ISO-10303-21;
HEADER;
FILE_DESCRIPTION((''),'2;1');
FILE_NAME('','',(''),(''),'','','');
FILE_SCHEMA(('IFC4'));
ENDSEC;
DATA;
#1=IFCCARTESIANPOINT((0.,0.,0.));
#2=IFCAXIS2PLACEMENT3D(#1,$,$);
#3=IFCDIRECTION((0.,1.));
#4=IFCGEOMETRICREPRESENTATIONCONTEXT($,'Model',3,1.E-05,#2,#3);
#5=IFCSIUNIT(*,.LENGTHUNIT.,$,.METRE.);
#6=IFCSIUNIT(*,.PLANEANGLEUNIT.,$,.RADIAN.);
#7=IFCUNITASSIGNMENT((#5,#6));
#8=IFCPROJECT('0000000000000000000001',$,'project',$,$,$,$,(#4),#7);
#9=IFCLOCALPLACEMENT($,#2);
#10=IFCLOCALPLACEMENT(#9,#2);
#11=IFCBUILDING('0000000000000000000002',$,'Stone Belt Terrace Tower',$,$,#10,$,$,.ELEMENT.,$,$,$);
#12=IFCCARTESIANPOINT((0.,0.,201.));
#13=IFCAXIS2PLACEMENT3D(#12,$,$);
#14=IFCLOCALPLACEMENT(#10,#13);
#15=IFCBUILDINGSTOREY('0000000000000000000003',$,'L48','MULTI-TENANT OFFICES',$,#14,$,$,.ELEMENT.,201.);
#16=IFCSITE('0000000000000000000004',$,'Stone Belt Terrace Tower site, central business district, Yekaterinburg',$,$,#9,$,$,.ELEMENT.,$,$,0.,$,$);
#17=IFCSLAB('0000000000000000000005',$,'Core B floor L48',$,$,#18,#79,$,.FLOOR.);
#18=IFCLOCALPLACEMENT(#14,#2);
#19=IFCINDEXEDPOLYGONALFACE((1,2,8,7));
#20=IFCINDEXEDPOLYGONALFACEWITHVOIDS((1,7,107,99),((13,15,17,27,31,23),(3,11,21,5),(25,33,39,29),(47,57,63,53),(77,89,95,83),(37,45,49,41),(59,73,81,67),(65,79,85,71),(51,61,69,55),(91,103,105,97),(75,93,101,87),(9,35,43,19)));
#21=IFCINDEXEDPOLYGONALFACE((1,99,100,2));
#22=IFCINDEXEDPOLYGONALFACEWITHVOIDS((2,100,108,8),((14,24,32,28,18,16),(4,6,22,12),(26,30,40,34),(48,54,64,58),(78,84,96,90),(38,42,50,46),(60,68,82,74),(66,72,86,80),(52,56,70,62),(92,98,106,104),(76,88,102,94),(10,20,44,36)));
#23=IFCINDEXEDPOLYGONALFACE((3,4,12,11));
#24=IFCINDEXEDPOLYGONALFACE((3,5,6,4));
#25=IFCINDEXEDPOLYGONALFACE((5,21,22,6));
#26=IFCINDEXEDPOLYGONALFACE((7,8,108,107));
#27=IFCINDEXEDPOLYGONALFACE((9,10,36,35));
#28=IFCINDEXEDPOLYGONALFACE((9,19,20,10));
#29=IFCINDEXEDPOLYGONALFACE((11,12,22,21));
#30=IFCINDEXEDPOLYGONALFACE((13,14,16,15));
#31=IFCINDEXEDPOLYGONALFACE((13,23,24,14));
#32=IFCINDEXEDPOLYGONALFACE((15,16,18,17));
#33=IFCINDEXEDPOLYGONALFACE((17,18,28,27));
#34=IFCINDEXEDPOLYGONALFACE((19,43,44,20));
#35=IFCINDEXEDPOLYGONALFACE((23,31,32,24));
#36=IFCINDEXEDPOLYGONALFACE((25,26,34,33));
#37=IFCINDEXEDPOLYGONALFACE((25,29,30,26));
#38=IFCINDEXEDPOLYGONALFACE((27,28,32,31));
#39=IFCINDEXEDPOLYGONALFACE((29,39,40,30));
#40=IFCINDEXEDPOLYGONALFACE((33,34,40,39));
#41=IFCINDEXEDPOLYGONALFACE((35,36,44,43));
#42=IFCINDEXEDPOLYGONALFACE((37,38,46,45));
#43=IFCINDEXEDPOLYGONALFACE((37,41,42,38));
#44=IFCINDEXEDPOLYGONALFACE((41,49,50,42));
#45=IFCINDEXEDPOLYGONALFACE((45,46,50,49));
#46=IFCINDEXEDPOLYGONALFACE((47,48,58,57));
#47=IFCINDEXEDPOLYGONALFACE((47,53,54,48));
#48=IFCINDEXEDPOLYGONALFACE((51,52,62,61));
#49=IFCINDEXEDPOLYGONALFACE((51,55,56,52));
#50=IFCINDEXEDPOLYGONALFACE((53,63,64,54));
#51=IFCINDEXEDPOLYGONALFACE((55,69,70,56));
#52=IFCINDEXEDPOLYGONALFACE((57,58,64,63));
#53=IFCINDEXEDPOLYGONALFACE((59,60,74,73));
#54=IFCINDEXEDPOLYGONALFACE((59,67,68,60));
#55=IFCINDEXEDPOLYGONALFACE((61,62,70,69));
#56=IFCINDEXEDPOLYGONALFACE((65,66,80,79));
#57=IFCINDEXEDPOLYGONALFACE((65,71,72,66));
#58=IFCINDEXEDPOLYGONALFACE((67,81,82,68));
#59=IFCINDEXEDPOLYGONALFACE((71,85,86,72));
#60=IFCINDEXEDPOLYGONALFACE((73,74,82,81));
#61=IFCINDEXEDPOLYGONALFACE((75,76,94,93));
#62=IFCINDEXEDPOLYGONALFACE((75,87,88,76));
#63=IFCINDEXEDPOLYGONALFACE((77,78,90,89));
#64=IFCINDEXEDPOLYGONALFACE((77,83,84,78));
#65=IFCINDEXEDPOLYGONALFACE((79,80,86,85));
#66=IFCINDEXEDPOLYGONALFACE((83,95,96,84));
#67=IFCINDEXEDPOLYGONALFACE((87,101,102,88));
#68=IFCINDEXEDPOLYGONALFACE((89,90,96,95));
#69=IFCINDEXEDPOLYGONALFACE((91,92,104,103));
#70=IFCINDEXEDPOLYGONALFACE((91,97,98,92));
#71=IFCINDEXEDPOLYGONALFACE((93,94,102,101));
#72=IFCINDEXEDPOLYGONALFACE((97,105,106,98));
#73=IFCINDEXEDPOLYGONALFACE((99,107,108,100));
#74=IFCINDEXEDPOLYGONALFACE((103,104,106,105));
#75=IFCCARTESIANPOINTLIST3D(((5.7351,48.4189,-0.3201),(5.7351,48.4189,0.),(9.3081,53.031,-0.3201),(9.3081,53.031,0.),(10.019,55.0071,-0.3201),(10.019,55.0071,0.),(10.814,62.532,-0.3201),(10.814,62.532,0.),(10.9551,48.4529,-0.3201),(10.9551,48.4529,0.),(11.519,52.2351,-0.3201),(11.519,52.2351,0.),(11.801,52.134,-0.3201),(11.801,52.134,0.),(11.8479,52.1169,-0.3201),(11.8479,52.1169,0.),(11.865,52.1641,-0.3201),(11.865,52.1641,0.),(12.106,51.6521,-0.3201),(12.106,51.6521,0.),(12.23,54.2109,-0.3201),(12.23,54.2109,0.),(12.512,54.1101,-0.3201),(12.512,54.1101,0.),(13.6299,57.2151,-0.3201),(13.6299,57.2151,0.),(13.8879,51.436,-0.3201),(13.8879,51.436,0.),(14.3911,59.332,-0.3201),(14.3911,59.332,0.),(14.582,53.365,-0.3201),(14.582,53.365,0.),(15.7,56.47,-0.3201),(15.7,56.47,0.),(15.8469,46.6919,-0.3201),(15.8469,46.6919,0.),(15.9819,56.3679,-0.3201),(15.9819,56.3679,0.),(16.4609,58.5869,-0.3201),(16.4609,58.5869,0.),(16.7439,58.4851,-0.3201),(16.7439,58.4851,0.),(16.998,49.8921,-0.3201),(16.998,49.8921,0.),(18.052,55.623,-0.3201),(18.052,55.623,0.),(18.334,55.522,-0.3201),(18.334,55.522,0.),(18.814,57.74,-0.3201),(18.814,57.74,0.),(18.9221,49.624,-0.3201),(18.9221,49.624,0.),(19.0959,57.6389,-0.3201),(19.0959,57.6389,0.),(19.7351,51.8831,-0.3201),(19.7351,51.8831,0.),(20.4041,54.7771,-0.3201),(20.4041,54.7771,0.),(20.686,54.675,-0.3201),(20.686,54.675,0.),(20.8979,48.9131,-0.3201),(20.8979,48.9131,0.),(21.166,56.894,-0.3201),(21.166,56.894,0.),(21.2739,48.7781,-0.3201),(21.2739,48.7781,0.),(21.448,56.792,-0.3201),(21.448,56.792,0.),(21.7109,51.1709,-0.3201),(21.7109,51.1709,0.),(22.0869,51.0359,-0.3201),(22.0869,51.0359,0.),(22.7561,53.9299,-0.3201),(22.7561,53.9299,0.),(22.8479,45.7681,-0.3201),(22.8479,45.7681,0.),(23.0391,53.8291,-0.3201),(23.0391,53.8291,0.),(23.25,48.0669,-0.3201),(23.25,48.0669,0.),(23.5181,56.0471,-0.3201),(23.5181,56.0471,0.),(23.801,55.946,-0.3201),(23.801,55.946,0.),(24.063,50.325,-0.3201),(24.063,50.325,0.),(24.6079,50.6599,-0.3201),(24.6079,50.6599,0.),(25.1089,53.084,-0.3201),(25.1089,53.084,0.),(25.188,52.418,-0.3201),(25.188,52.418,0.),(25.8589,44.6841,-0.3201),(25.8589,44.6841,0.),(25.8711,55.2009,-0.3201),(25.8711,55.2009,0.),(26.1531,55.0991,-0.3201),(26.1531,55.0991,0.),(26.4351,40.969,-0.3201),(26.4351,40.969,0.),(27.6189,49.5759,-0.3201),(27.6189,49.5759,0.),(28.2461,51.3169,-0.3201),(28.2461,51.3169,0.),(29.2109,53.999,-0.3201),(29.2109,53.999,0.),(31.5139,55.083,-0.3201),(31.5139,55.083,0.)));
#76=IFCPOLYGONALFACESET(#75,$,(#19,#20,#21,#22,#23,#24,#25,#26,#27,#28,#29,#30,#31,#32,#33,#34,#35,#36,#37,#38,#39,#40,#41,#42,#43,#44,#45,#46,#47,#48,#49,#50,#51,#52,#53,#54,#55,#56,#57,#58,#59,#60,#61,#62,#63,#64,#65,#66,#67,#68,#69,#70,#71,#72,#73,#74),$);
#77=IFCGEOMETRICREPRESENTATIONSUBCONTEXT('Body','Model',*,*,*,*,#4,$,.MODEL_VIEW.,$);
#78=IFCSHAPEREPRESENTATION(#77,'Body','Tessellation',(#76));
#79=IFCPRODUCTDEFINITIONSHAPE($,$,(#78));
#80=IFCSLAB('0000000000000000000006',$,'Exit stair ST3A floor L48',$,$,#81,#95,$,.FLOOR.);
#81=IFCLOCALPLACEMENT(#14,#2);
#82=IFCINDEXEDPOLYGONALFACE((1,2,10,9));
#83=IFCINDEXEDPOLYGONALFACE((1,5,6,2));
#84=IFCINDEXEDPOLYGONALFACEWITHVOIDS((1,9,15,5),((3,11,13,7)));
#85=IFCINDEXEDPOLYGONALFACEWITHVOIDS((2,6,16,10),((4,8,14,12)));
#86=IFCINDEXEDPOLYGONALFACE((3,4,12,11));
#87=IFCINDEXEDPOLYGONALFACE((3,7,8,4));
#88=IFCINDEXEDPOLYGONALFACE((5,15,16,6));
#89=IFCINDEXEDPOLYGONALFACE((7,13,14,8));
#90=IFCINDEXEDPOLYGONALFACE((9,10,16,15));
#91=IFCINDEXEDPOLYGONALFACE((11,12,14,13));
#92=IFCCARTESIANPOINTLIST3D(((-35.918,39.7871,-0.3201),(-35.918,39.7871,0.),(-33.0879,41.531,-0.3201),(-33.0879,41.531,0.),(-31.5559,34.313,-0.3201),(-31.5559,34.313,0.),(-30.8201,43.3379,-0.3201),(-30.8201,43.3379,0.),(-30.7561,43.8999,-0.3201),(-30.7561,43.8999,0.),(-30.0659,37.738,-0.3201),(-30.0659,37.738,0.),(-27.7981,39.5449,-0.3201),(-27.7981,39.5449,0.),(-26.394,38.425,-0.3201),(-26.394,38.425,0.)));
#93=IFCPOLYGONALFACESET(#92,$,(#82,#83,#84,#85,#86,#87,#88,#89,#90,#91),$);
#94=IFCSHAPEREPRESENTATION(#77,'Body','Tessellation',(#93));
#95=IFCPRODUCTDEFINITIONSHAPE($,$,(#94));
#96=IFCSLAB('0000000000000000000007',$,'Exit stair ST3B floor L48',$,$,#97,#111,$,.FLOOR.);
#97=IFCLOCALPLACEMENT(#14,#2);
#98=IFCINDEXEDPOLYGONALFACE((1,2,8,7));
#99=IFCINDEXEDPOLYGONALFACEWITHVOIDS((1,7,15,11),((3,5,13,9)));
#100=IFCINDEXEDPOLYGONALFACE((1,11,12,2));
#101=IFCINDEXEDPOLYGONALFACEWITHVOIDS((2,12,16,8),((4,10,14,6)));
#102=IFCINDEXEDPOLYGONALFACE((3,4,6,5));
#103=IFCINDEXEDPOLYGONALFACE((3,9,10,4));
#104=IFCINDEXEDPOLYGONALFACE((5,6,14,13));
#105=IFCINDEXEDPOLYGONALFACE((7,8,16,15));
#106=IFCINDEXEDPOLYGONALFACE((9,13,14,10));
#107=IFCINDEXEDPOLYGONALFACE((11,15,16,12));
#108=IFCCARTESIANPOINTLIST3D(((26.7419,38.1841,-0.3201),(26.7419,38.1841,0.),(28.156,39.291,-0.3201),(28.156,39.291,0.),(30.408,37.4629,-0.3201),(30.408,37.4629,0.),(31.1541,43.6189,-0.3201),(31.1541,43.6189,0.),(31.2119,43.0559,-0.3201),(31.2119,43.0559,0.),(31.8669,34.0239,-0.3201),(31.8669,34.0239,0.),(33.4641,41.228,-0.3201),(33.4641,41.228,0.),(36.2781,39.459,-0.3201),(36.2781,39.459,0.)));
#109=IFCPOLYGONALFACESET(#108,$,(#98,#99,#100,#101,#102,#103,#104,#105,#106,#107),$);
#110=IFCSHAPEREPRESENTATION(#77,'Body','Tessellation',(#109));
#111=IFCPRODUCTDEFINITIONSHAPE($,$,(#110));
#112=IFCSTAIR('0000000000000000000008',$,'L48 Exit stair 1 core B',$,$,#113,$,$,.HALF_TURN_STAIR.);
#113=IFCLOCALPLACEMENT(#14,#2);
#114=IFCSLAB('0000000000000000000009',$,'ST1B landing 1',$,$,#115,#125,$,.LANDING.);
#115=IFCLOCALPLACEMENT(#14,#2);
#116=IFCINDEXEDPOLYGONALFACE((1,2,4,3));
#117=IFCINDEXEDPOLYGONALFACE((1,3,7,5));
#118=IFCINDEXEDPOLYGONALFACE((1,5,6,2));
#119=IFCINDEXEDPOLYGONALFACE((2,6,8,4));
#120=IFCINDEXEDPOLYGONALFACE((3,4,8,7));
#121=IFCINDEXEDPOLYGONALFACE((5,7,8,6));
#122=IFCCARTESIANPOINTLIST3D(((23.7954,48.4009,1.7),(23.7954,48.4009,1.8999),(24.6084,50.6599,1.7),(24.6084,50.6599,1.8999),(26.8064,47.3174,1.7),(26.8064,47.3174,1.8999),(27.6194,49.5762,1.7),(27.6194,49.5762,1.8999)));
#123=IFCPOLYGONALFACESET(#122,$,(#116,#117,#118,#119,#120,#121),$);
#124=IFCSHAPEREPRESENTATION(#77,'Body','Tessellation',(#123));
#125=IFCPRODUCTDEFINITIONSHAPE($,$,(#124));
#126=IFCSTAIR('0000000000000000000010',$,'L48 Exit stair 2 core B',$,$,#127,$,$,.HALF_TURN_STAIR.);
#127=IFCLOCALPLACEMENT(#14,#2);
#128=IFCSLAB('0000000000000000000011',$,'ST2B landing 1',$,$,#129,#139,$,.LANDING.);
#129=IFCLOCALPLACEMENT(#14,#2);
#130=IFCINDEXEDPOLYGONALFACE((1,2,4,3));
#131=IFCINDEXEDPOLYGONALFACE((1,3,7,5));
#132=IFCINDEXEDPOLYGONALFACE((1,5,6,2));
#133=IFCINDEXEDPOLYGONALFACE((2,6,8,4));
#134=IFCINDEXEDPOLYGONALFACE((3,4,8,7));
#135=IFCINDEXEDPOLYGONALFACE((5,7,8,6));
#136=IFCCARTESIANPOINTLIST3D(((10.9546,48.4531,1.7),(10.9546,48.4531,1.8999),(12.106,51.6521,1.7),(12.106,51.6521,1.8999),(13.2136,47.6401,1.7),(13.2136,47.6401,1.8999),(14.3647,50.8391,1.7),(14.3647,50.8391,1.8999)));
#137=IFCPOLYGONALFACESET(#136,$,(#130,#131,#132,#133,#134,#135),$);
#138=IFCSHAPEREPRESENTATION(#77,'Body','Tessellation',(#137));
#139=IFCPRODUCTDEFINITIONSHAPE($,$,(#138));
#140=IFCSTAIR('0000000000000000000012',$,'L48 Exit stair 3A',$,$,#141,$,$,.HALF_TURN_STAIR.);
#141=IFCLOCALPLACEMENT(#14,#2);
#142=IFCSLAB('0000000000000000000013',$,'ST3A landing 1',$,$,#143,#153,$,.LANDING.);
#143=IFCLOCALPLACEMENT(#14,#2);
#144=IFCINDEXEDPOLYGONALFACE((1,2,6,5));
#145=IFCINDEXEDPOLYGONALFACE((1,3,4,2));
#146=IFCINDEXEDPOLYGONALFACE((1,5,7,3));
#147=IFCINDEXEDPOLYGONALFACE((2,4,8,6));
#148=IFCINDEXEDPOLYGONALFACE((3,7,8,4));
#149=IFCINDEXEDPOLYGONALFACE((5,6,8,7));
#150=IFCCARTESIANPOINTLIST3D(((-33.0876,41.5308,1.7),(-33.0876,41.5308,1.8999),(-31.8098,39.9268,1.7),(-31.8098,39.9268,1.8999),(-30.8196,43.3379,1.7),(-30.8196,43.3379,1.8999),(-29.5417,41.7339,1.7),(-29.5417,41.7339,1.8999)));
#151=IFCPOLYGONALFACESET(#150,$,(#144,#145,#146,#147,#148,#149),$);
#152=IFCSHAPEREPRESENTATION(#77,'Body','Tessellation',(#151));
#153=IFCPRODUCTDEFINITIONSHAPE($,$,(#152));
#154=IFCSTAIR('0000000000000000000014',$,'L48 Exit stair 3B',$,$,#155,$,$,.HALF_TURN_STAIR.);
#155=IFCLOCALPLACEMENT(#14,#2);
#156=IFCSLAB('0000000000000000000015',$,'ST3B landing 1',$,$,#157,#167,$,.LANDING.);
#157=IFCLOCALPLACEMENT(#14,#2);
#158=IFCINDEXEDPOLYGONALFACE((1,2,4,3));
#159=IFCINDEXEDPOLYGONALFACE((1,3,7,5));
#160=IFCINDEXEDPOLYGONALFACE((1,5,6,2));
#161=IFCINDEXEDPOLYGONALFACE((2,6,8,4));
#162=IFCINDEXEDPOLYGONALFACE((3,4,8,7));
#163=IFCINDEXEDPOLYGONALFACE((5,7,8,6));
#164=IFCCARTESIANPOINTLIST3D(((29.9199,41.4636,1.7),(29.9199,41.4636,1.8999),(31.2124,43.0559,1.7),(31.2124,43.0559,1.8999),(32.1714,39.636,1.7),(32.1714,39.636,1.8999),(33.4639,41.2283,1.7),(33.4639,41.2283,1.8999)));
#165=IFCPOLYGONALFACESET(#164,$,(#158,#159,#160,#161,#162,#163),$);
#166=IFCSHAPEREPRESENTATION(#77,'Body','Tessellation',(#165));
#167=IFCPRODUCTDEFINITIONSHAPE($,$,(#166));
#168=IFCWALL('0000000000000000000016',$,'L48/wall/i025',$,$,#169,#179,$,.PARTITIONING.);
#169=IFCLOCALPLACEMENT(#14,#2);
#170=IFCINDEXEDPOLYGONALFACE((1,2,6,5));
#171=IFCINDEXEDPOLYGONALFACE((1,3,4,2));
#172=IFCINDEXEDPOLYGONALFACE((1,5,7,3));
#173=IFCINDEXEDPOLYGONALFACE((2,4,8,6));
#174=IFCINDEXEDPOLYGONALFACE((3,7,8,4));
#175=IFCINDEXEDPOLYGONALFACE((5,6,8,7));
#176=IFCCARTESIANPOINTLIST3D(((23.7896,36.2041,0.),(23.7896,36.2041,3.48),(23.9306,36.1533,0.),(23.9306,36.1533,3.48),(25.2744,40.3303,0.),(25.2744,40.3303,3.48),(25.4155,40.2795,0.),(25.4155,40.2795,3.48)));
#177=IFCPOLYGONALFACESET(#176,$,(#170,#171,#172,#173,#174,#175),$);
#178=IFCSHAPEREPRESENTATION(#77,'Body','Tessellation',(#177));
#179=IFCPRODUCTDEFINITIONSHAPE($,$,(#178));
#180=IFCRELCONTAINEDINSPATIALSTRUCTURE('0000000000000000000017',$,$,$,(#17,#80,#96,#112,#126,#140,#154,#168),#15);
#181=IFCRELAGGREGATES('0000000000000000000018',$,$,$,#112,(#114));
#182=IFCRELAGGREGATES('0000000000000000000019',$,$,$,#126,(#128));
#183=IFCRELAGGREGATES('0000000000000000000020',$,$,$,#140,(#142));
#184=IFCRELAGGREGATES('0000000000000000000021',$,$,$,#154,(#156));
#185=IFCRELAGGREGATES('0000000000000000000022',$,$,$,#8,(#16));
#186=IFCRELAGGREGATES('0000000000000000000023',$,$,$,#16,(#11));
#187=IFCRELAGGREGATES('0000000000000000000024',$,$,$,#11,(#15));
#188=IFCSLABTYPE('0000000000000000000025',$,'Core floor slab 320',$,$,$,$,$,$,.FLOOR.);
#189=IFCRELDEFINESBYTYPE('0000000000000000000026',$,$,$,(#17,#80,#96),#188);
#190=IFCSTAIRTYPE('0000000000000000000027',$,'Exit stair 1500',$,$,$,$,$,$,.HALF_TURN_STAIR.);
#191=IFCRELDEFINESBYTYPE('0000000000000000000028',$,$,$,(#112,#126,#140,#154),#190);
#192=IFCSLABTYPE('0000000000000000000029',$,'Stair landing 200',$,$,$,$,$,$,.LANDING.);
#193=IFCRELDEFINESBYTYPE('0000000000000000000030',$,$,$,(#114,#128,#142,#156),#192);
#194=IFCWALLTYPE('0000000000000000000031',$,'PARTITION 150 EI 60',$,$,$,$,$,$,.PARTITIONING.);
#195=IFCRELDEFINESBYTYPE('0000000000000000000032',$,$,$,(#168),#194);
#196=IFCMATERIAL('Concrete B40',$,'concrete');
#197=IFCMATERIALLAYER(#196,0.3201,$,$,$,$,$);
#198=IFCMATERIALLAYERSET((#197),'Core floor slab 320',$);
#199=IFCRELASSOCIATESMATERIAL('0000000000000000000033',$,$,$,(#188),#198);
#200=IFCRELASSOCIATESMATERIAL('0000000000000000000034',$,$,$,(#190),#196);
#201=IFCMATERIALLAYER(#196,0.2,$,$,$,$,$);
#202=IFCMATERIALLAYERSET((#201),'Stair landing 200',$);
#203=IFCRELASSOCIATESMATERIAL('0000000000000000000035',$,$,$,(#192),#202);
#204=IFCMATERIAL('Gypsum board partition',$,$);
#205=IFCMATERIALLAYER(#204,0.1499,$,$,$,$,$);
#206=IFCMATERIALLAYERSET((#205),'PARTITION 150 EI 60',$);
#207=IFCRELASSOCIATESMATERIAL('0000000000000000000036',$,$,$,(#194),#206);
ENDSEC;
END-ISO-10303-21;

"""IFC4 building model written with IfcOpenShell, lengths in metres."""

from ifc_helpers import new_model, si_unit, direction, frame, frame_2d, origin, place, context, subcontext, project, spatial, polyline, rectangle, outline, extrude, material, layer, layer_set, type_object, element, aggregate, save


model = new_model("IFC4")

# Units and contexts
model_context = context("Model", 3, precision=1e-05, world=origin(), true_north=direction((0.0, 1.0)))
body_context = subcontext(model_context, "Body", "Model", "MODEL_VIEW")
ifc_project = project(units=[si_unit("LENGTHUNIT", "METRE"), si_unit("PLANEANGLEUNIT", "RADIAN")], contexts=[model_context])

# Site, building, storey
site_placement = place(None, origin())
site = spatial("IfcSite", under=ifc_project, at=site_placement, Name="Stone Belt Terrace Tower site, central business district, Yekaterinburg", CompositionType="ELEMENT", RefElevation=0.0)
building_placement = place(site_placement, origin())
building = spatial("IfcBuilding", under=site, at=building_placement, Name="Stone Belt Terrace Tower", CompositionType="ELEMENT")
storey_placement = place(building_placement, frame((0.0, 0.0, 201.0)))
storey = spatial("IfcBuildingStorey", under=building, at=storey_placement, Name="L48", Description="MULTI-TENANT OFFICES", CompositionType="ELEMENT", Elevation=201.0)

# Slabs
ifc_material_1 = material(Name="Concrete B40", Category="concrete")
ifc_layer_1 = layer(ifc_material_1, 0.3201)
ifc_layer_set_1 = layer_set([ifc_layer_1], Name="Core floor slab 320")
slab_type_1 = type_object("IfcSlabType", Name="Core floor slab 320", PredefinedType="FLOOR", material=ifc_layer_set_1)
slab_1_placement = place(storey_placement, frame((0.0, 0.0, -0.3201)))
element("IfcSlab", 1, at=slab_1_placement, inside=storey, type_object=slab_type_1, Name="Core B floor L48", PredefinedType="FLOOR", context=body_context, shape_type="SweptSolid", body=[
    extrude(outline(polyline([(26.4351, 40.969), (31.5139, 55.083), (10.814, 62.532), (5.7351, 48.4189), (26.4351, 40.969)]), holes=[polyline([(12.106, 51.6521), (16.998, 49.8921), (15.8469, 46.6919), (10.9551, 48.4529), (12.106, 51.6521)]), polyline([(12.512, 54.1101), (14.582, 53.365), (13.8879, 51.436), (11.865, 52.1641), (11.8479, 52.1169), (11.801, 52.134), (12.512, 54.1101)]), polyline([(9.3081, 53.031), (10.019, 55.0071), (12.23, 54.2109), (11.519, 52.2351), (9.3081, 53.031)]), polyline([(18.334, 55.522), (19.0959, 57.6389), (21.166, 56.894), (20.4041, 54.7771), (18.334, 55.522)]), polyline([(16.7439, 58.4851), (18.814, 57.74), (18.052, 55.623), (15.9819, 56.3679), (16.7439, 58.4851)]), polyline([(14.3911, 59.332), (16.4609, 58.5869), (15.7, 56.47), (13.6299, 57.2151), (14.3911, 59.332)]), polyline([(27.6189, 49.5759), (25.8589, 44.6841), (22.8479, 45.7681), (24.6079, 50.6599), (27.6189, 49.5759)]), polyline([(23.25, 48.0669), (21.2739, 48.7781), (22.0869, 51.0359), (24.063, 50.325), (23.25, 48.0669)]), polyline([(20.8979, 48.9131), (18.9221, 49.624), (19.7351, 51.8831), (21.7109, 51.1709), (20.8979, 48.9131)]), polyline([(26.1531, 55.0991), (29.2109, 53.999), (28.2461, 51.3169), (25.188, 52.418), (26.1531, 55.0991)]), polyline([(23.801, 55.946), (25.8711, 55.2009), (25.1089, 53.084), (23.0391, 53.8291), (23.801, 55.946)]), polyline([(21.448, 56.792), (23.5181, 56.0471), (22.7561, 53.9299), (20.686, 54.675), (21.448, 56.792)])]), origin(), (0.0, 0.0, 1.0), 0.3201),
])
slab_2_placement = place(storey_placement, frame((0.0, 0.0, -0.3201)))
element("IfcSlab", 2, at=slab_2_placement, inside=storey, type_object=slab_type_1, Name="Exit stair ST3A floor L48", PredefinedType="FLOOR", context=body_context, shape_type="SweptSolid", body=[
    extrude(outline(polyline([(-26.394, 38.425), (-30.7561, 43.8999), (-35.918, 39.7871), (-31.5559, 34.313), (-26.394, 38.425)]), holes=[polyline([(-27.7981, 39.5449), (-30.0659, 37.738), (-33.0879, 41.531), (-30.8201, 43.3379), (-27.7981, 39.5449)])]), origin(), (0.0, 0.0, 1.0), 0.3201),
])
slab_3_placement = place(storey_placement, frame((0.0, 0.0, -0.3201)))
element("IfcSlab", 3, at=slab_3_placement, inside=storey, type_object=slab_type_1, Name="Exit stair ST3B floor L48", PredefinedType="FLOOR", context=body_context, shape_type="SweptSolid", body=[
    extrude(outline(polyline([(26.7419, 38.1841), (31.8669, 34.0239), (36.2781, 39.459), (31.1541, 43.6189), (26.7419, 38.1841)]), holes=[polyline([(30.408, 37.4629), (28.156, 39.291), (31.2119, 43.0559), (33.4641, 41.228), (30.408, 37.4629)])]), origin(), (0.0, 0.0, 1.0), 0.3201),
])

# Stairs, slabs
stair_type = type_object("IfcStairType", Name="Exit stair 1500", PredefinedType="HALF_TURN_STAIR", material=ifc_material_1)
stair_1_placement = place(storey_placement, origin())
stair_1 = element("IfcStair", 4, at=stair_1_placement, inside=storey, type_object=stair_type, Name="L48 Exit stair 1 core B", PredefinedType="HALF_TURN_STAIR")
ifc_layer_2 = layer(ifc_material_1, 0.2)
ifc_layer_set_2 = layer_set([ifc_layer_2], Name="Stair landing 200")
slab_type_2 = type_object("IfcSlabType", Name="Stair landing 200", PredefinedType="LANDING", material=ifc_layer_set_2)
slab_4_placement = place(storey_placement, frame((0.0, 0.0, 1.7)))
slab_4 = element("IfcSlab", 5, at=slab_4_placement, type_object=slab_type_2, Name="ST1B landing 1", PredefinedType="LANDING", context=body_context, shape_type="SweptSolid", body=[
    extrude(outline(polyline([(26.8064, 47.3174), (27.6194, 49.5762), (24.6084, 50.6599), (23.7954, 48.4009), (26.8064, 47.3174)])), origin(), (0.0, 0.0, 1.0), 0.2),
])
aggregate(stair_1, [slab_4])
stair_2_placement = place(storey_placement, origin())
stair_2 = element("IfcStair", 6, at=stair_2_placement, inside=storey, type_object=stair_type, Name="L48 Exit stair 2 core B", PredefinedType="HALF_TURN_STAIR")
slab_5_placement = place(storey_placement, frame((0.0, 0.0, 1.7)))
slab_5 = element("IfcSlab", 7, at=slab_5_placement, type_object=slab_type_2, Name="ST2B landing 1", PredefinedType="LANDING", context=body_context, shape_type="SweptSolid", body=[
    extrude(outline(polyline([(14.3647, 50.8391), (12.106, 51.6521), (10.9546, 48.4531), (13.2136, 47.6401), (14.3647, 50.8391)])), origin(), (0.0, 0.0, 1.0), 0.2),
])
aggregate(stair_2, [slab_5])
stair_3_placement = place(storey_placement, origin())
stair_3 = element("IfcStair", 8, at=stair_3_placement, inside=storey, type_object=stair_type, Name="L48 Exit stair 3A", PredefinedType="HALF_TURN_STAIR")
slab_6_placement = place(storey_placement, frame((0.0, 0.0, 1.7)))
slab_6 = element("IfcSlab", 9, at=slab_6_placement, type_object=slab_type_2, Name="ST3A landing 1", PredefinedType="LANDING", context=body_context, shape_type="SweptSolid", body=[
    extrude(outline(polyline([(-29.5417, 41.7339), (-30.8196, 43.3379), (-33.0876, 41.5308), (-31.8098, 39.9268), (-29.5417, 41.7339)])), origin(), (0.0, 0.0, 1.0), 0.2),
])
aggregate(stair_3, [slab_6])
stair_4_placement = place(storey_placement, origin())
stair_4 = element("IfcStair", 10, at=stair_4_placement, inside=storey, type_object=stair_type, Name="L48 Exit stair 3B", PredefinedType="HALF_TURN_STAIR")
slab_7_placement = place(storey_placement, frame((0.0, 0.0, 1.7)))
slab_7 = element("IfcSlab", 11, at=slab_7_placement, type_object=slab_type_2, Name="ST3B landing 1", PredefinedType="LANDING", context=body_context, shape_type="SweptSolid", body=[
    extrude(outline(polyline([(32.1714, 39.636), (33.4639, 41.2283), (31.2124, 43.0559), (29.9199, 41.4636), (32.1714, 39.636)])), origin(), (0.0, 0.0, 1.0), 0.2),
])

# Wall
ifc_material_2 = material(Name="Gypsum board partition")
ifc_layer_3 = layer(ifc_material_2, 0.1499)
ifc_layer_set_3 = layer_set([ifc_layer_3], Name="PARTITION 150 EI 60")
wall_type_1 = type_object("IfcWallType", Name="PARTITION 150 EI 60", PredefinedType="PARTITIONING", material=ifc_layer_set_3)
wall_1_placement = place(storey_placement, frame((23.8601, 36.1787, 0.0), z_axis=(0.0, 0.0, 1.0), x_axis=(0.338603, 0.940929, 0.0)))
element("IfcWall", 12, at=wall_1_placement, inside=storey, type_object=wall_type_1, Name="L48/wall/i025", PredefinedType="PARTITIONING", context=body_context, shape_type="SweptSolid", body=[
    extrude(rectangle(XDim=4.3853, YDim=0.1499, at=frame_2d((2.1926, 0.0))), origin(), (0.0, 0.0, 1.0), 3.48),
])

aggregate(stair_4, [slab_7])

save(model, "model.ifc")
